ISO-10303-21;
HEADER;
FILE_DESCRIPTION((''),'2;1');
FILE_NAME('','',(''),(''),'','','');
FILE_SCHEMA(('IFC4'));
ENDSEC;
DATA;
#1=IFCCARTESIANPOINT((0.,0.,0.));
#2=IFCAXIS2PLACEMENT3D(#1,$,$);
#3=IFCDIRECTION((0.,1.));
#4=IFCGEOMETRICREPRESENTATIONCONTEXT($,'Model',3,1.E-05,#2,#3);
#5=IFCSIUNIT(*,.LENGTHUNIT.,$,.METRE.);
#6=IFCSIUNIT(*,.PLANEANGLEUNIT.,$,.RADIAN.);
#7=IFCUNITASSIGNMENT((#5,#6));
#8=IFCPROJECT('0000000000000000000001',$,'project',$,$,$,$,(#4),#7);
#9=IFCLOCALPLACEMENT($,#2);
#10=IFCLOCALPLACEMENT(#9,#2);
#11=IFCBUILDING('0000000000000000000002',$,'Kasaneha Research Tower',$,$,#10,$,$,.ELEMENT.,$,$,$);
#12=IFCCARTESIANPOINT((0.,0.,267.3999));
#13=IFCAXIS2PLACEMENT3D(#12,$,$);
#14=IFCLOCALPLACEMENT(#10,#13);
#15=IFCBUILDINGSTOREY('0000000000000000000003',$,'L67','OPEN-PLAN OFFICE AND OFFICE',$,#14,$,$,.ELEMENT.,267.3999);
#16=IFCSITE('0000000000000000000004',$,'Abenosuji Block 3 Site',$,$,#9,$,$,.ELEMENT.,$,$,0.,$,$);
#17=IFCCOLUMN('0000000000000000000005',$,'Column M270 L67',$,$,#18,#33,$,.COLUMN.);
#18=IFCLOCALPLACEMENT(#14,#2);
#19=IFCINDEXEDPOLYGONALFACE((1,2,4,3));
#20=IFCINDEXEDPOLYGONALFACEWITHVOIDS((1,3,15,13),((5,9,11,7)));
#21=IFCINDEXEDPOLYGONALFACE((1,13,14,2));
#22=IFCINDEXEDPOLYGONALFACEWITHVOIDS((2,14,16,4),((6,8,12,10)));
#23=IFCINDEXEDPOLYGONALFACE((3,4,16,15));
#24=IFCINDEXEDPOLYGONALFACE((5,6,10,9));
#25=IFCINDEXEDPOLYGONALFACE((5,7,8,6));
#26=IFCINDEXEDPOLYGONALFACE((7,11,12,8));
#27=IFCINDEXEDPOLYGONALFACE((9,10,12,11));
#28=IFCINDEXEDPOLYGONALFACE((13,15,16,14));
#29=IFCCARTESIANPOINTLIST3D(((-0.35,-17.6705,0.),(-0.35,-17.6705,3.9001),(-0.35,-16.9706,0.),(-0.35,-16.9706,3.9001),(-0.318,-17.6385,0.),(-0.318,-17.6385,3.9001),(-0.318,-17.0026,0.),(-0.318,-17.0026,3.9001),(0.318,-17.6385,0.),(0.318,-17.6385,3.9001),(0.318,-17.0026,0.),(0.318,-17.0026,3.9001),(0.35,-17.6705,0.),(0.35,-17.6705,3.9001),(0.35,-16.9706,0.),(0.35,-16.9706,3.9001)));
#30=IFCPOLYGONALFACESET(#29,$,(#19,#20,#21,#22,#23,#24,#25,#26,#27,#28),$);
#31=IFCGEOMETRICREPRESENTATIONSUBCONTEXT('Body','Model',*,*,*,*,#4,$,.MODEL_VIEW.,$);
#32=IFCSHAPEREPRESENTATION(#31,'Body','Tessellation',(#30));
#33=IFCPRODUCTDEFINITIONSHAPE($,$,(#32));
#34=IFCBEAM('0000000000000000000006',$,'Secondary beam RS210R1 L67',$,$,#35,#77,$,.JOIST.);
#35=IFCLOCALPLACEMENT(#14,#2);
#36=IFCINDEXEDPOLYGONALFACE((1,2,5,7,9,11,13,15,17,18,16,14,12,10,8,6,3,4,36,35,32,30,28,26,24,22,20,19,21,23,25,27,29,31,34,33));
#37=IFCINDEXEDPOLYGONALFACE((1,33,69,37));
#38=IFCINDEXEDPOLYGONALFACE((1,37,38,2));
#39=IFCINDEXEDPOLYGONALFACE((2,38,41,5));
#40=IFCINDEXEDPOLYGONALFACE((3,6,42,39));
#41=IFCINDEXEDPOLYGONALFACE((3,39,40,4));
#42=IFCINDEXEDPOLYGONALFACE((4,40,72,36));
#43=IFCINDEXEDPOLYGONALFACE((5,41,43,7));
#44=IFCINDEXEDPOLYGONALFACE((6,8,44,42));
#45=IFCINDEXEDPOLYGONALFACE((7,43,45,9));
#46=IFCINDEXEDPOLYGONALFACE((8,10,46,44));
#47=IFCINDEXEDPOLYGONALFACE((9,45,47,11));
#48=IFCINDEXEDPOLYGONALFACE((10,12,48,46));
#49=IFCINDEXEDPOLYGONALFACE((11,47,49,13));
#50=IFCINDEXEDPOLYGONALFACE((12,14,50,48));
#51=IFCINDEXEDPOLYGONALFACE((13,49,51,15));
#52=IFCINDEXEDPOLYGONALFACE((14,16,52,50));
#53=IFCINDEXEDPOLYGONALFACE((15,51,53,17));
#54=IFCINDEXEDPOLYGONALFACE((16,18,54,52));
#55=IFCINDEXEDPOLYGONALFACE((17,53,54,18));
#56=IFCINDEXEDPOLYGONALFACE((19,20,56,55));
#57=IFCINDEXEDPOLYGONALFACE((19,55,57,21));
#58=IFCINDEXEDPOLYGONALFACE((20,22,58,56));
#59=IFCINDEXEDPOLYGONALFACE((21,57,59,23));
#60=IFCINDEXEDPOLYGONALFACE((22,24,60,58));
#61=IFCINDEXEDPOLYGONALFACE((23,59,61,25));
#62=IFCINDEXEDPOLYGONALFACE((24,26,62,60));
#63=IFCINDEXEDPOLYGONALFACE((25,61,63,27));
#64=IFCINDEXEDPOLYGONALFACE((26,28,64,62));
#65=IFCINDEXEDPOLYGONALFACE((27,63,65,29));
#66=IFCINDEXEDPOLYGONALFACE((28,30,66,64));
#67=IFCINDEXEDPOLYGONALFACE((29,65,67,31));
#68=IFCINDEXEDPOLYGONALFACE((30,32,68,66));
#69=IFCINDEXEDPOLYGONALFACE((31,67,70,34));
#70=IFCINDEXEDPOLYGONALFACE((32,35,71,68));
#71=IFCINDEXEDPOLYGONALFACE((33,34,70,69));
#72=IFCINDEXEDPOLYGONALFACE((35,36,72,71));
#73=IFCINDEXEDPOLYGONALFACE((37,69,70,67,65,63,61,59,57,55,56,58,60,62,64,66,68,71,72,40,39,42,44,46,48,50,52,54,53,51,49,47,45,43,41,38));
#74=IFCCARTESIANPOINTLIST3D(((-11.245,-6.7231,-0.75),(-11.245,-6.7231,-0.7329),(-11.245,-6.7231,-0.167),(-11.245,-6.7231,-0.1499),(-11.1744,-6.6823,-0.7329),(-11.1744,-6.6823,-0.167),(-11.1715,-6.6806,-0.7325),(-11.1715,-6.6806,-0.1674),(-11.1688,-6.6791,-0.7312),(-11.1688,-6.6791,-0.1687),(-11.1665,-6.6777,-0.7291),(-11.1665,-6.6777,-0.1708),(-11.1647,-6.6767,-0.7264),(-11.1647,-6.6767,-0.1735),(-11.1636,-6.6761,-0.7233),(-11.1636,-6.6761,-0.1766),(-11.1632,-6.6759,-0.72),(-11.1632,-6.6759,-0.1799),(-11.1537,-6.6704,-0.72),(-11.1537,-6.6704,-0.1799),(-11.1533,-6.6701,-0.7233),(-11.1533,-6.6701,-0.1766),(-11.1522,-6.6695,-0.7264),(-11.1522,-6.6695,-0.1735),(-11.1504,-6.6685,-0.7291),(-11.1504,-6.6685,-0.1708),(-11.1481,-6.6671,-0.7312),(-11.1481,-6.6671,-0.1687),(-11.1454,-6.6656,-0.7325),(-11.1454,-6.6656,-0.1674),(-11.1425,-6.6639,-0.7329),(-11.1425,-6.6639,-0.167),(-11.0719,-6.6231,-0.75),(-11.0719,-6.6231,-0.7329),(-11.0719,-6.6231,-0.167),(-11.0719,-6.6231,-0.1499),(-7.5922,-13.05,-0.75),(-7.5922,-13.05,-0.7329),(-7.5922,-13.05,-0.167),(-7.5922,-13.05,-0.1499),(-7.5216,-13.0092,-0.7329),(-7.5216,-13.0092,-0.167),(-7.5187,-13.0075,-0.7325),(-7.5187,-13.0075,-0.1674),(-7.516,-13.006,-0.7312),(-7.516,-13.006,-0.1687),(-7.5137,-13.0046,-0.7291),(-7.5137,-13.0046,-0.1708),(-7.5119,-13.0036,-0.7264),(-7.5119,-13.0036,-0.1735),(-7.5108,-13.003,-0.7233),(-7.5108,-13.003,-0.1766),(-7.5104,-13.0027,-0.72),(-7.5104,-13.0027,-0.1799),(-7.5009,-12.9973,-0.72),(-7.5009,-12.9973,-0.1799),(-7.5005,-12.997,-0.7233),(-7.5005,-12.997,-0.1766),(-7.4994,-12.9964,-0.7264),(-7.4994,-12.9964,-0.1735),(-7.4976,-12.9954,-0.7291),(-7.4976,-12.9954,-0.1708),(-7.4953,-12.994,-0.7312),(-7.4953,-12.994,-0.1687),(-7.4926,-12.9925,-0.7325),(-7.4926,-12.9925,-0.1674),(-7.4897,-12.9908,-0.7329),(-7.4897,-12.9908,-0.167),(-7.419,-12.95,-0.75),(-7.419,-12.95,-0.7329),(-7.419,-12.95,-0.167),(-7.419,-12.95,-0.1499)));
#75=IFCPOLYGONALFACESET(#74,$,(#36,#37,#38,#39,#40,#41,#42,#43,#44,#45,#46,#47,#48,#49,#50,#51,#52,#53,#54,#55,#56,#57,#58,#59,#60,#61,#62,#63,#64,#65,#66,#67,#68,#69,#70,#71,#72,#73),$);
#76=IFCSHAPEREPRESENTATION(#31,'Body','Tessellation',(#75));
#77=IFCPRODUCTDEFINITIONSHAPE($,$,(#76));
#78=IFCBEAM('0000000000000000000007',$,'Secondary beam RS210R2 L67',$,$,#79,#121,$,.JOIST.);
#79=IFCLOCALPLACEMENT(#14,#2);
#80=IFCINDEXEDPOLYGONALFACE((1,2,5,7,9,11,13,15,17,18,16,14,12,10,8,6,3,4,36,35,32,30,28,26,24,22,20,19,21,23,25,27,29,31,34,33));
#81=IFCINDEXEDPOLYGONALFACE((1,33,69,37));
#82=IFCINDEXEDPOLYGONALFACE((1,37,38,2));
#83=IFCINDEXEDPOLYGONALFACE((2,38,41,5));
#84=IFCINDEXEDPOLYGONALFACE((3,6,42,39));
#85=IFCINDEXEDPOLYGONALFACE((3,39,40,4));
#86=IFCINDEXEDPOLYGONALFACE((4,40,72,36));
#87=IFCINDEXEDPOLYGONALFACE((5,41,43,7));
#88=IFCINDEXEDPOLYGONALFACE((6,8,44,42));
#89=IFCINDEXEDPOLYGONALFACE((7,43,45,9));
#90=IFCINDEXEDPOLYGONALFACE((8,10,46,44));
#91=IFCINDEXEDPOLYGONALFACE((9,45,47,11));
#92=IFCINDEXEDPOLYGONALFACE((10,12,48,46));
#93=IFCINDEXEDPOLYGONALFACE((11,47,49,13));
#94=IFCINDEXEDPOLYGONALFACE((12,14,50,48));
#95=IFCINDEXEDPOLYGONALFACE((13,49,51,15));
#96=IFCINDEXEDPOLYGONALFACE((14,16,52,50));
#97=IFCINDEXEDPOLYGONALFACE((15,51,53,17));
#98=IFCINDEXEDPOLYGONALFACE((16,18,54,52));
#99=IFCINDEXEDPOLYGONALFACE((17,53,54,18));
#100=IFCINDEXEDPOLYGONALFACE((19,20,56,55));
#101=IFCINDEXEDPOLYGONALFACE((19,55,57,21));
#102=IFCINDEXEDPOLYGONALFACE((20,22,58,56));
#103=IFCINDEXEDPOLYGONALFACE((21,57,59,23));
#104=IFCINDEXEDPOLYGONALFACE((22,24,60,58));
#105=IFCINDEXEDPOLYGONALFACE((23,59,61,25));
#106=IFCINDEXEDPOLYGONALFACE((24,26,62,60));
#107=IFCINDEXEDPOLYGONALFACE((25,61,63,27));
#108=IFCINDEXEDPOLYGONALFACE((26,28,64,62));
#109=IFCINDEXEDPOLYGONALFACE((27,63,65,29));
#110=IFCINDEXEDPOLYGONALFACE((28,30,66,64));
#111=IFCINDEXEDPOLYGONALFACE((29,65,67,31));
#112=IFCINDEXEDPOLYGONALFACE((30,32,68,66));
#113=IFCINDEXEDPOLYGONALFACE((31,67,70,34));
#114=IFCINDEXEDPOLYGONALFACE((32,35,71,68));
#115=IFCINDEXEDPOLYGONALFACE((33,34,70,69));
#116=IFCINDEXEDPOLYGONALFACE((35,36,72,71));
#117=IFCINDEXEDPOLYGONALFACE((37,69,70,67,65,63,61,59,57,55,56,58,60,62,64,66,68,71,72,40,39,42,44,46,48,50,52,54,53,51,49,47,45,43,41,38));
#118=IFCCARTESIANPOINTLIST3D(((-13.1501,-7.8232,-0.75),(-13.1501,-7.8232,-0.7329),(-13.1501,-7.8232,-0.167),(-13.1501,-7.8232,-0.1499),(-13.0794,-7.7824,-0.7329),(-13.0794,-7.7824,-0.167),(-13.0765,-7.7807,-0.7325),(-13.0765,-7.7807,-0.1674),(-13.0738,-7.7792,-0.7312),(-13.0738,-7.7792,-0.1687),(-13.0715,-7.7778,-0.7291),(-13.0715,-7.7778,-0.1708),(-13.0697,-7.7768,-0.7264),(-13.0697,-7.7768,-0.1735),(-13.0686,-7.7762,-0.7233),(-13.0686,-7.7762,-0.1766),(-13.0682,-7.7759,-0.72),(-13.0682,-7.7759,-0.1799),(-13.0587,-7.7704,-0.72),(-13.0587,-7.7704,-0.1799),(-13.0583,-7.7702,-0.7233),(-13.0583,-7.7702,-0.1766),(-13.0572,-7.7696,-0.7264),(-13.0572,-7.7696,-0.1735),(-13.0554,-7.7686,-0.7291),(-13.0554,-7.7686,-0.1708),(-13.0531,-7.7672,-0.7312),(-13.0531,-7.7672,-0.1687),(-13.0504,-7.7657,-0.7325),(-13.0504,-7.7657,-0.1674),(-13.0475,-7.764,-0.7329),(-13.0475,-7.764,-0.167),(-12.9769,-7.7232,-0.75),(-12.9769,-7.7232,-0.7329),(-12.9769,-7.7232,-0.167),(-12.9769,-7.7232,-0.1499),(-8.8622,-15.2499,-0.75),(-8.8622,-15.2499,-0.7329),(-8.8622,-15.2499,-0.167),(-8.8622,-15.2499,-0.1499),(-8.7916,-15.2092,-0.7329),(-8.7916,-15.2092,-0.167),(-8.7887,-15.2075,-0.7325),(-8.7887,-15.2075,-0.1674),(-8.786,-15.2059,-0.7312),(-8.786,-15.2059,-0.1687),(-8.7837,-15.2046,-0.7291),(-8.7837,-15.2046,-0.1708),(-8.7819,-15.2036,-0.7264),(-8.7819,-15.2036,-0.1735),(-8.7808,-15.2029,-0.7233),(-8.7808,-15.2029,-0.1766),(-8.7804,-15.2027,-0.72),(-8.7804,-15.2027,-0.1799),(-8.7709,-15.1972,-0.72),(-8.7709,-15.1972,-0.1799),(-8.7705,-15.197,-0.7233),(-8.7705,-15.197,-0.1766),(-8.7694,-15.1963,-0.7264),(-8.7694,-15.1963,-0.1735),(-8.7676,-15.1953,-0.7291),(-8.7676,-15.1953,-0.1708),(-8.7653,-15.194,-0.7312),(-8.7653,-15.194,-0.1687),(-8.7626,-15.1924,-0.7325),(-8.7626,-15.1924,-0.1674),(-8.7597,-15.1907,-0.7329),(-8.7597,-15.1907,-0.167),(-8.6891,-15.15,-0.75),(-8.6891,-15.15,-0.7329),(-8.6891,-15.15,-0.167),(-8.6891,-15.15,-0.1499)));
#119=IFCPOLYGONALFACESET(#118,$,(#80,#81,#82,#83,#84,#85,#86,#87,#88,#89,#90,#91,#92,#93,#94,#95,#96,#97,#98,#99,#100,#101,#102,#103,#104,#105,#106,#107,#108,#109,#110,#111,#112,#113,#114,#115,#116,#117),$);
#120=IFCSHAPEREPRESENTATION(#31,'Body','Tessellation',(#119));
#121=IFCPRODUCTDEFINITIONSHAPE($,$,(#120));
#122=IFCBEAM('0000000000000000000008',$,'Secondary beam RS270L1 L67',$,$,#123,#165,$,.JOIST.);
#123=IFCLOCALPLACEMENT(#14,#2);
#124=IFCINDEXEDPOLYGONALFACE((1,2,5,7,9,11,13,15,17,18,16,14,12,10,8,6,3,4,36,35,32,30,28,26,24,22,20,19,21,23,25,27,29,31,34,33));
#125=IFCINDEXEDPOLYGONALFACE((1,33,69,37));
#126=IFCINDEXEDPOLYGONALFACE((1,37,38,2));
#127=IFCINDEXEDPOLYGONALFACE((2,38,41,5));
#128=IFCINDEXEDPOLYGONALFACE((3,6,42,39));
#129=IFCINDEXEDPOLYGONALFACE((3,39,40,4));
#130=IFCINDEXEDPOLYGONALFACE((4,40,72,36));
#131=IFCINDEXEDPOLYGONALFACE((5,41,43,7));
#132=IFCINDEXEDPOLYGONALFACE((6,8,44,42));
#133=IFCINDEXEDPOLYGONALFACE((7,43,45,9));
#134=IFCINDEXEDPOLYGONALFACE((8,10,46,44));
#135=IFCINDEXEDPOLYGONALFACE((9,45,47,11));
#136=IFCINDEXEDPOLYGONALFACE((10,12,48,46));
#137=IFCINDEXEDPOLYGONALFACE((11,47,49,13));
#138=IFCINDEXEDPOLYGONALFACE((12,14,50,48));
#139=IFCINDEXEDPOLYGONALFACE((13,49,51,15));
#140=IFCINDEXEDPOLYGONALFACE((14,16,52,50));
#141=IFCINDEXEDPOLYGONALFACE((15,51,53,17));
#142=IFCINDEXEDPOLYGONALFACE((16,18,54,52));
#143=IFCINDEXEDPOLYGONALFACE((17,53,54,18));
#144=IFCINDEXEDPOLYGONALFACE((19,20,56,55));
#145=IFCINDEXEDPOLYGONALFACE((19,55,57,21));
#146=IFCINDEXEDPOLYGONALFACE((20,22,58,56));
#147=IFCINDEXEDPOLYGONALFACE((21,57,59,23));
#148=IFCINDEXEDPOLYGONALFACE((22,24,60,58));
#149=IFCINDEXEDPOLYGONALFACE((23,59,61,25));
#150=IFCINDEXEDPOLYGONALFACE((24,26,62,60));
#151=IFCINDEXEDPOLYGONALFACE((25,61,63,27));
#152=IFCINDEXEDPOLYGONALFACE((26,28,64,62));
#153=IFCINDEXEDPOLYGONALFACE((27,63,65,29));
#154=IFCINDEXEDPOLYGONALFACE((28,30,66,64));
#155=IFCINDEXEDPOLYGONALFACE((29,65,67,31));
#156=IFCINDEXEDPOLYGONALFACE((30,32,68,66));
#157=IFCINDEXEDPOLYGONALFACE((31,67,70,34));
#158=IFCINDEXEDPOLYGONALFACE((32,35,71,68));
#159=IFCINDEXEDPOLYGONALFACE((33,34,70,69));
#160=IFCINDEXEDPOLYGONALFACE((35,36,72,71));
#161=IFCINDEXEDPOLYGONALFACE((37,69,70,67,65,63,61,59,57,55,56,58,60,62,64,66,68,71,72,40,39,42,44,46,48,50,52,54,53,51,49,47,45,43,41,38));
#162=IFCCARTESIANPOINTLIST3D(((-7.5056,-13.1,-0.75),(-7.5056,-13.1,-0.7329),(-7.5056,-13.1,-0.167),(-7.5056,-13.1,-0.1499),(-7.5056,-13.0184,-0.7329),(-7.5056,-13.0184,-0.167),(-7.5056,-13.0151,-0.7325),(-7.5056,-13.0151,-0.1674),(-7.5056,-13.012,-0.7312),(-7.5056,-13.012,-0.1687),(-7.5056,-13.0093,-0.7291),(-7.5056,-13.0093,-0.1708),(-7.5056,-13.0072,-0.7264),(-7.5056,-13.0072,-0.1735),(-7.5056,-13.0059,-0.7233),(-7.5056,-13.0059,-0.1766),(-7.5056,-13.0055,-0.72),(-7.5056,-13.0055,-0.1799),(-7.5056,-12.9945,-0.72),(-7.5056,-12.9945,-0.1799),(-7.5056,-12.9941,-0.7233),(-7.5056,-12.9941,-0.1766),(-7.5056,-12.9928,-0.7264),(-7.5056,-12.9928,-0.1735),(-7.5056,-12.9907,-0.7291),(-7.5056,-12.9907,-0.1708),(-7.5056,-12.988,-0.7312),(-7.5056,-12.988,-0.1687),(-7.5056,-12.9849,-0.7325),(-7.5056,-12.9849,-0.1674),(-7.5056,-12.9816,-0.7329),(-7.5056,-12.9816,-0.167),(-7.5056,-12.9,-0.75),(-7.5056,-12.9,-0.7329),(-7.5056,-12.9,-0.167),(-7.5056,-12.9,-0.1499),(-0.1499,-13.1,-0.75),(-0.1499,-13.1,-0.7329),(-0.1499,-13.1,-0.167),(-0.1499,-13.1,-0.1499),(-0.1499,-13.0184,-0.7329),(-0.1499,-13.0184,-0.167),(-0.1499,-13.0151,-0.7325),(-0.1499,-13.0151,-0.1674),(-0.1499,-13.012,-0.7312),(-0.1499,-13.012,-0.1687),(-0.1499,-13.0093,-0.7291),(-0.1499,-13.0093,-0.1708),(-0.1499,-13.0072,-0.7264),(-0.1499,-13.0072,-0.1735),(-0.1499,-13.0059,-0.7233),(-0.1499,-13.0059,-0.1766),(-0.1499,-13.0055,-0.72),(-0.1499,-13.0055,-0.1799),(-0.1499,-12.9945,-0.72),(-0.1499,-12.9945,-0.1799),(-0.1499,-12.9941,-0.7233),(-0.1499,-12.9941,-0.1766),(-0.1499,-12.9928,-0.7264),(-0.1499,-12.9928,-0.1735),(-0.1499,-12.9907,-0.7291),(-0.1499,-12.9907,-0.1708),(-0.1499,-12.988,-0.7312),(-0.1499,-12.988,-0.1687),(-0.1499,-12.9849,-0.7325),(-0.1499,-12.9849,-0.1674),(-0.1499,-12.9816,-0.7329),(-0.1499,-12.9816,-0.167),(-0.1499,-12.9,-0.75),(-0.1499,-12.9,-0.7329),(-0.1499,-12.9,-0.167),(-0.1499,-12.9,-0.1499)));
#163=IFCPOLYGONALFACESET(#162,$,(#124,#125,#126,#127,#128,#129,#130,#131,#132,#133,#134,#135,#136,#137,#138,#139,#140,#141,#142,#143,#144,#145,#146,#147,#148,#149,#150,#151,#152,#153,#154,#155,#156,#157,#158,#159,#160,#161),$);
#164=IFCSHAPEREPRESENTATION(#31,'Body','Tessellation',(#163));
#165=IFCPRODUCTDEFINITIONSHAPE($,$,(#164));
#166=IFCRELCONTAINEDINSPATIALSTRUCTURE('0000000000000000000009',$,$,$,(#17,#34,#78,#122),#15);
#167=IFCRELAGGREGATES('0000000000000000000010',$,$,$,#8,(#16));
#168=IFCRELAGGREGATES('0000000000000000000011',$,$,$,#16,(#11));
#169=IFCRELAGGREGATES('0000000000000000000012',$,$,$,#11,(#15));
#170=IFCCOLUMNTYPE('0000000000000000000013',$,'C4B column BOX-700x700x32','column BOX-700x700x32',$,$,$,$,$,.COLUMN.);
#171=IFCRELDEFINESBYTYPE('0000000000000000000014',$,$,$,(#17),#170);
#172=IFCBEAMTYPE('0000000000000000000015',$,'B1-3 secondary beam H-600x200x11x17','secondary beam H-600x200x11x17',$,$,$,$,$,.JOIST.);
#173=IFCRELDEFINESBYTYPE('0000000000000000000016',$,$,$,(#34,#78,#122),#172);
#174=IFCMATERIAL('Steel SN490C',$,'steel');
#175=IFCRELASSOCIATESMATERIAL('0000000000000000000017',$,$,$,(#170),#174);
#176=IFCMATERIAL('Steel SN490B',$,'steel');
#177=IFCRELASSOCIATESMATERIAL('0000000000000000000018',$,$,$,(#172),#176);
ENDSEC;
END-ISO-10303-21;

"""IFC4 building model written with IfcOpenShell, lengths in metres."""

from ifc_helpers import new_model, si_unit, direction, frame, origin, origin_2d, place, context, subcontext, project, spatial, hollow_rectangle, i_section, extrude, material, material_profile, profile_set, type_object, element, save


model = new_model("IFC4")

# Units and contexts
model_context = context("Model", 3, precision=1e-05, world=origin(), true_north=direction((0.0, 1.0)))
body_context = subcontext(model_context, "Body", "Model", "MODEL_VIEW")
ifc_project = project(units=[si_unit("LENGTHUNIT", "METRE"), si_unit("PLANEANGLEUNIT", "RADIAN")], contexts=[model_context])

# Site, building, storey
site_placement = place(None, origin())
site = spatial("IfcSite", under=ifc_project, at=site_placement, Name="Abenosuji Block 3 Site", CompositionType="ELEMENT", RefElevation=0.0)
building_placement = place(site_placement, origin())
building = spatial("IfcBuilding", under=site, at=building_placement, Name="Kasaneha Research Tower", CompositionType="ELEMENT")
storey_placement = place(building_placement, frame((0.0, 0.0, 267.3999)))
storey = spatial("IfcBuildingStorey", under=building, at=storey_placement, Name="L67", Description="OPEN-PLAN OFFICE AND OFFICE", CompositionType="ELEMENT", Elevation=267.3999)

# Column
ifc_material_1 = material(Name="Steel SN490C", Category="steel")
ifc_material_profile_1 = material_profile(ifc_material_1, hollow_rectangle(XDim=0.7, YDim=0.7, WallThickness=0.032, at=origin_2d()), Name="BOX-700x700x32")
ifc_profile_set_1 = profile_set([ifc_material_profile_1], Name="Steel SN490C")
column_type = type_object("IfcColumnType", Name="C4B column BOX-700x700x32", Description="column BOX-700x700x32", PredefinedType="COLUMN", material=ifc_profile_set_1)
column_placement = place(storey_placement, frame((0.0, -17.3206, 0.0), z_axis=(0.0, 0.0, 1.0), x_axis=(1.0, 0.0, 0.0)))
element("IfcColumn", 1, at=column_placement, inside=storey, type_object=column_type, Name="Column M270 L67", PredefinedType="COLUMN", context=body_context, shape_type="SweptSolid", body=[
    extrude(hollow_rectangle(XDim=0.7, YDim=0.7, WallThickness=0.032, at=origin_2d()), origin(), (0.0, 0.0, 1.0), 3.9001),
])

# Beams
ifc_material_2 = material(Name="Steel SN490B", Category="steel")
ifc_material_profile_2 = material_profile(ifc_material_2, i_section(OverallWidth=0.2, OverallDepth=0.6001, WebThickness=0.011, FlangeThickness=0.0171, FilletRadius=0.0129, at=origin_2d()), Name="H-600x200x11x17")
ifc_profile_set_2 = profile_set([ifc_material_profile_2], Name="Steel SN490B")
beam_type_1 = type_object("IfcBeamType", Name="B1-3 secondary beam H-600x200x11x17", Description="secondary beam H-600x200x11x17", PredefinedType="JOIST", material=ifc_profile_set_2)
beam_1_placement = place(storey_placement, frame((-7.5056, -13.0, -0.45), z_axis=(-0.499999, 0.866026, 0.0), x_axis=(-0.866026, -0.499999, 0.0)))
element("IfcBeam", 2, at=beam_1_placement, inside=storey, type_object=beam_type_1, Name="Secondary beam RS210R1 L67", PredefinedType="JOIST", context=body_context, shape_type="SweptSolid", body=[
    extrude(i_section(OverallWidth=0.2, OverallDepth=0.6001, WebThickness=0.011, FlangeThickness=0.0171, FilletRadius=0.0129, at=origin_2d()), origin(), (0.0, 0.0, 1.0), 7.3057),
])
beam_2_placement = place(storey_placement, frame((-8.7756, -15.2, -0.45), z_axis=(-0.5, 0.866025, 0.0), x_axis=(-0.866025, -0.5, 0.0)))
element("IfcBeam", 3, at=beam_2_placement, inside=storey, type_object=beam_type_1, Name="Secondary beam RS210R2 L67", PredefinedType="JOIST", context=body_context, shape_type="SweptSolid", body=[
    extrude(i_section(OverallWidth=0.2, OverallDepth=0.6001, WebThickness=0.011, FlangeThickness=0.0171, FilletRadius=0.0129, at=origin_2d()), origin(), (0.0, 0.0, 1.0), 8.5757),
])
beam_3_placement = place(storey_placement, frame((-7.5056, -13.0, -0.45), z_axis=(1.0, 0.0, 0.0), x_axis=(0.0, 1.0, 0.0)))
element("IfcBeam", 4, at=beam_3_placement, inside=storey, type_object=beam_type_1, Name="Secondary beam RS270L1 L67", PredefinedType="JOIST", context=body_context, shape_type="SweptSolid", body=[
    extrude(i_section(OverallWidth=0.2, OverallDepth=0.6001, WebThickness=0.011, FlangeThickness=0.0171, FilletRadius=0.0129, at=origin_2d()), origin(), (0.0, 0.0, 1.0), 7.3557),
])

save(model, "model.ifc")
